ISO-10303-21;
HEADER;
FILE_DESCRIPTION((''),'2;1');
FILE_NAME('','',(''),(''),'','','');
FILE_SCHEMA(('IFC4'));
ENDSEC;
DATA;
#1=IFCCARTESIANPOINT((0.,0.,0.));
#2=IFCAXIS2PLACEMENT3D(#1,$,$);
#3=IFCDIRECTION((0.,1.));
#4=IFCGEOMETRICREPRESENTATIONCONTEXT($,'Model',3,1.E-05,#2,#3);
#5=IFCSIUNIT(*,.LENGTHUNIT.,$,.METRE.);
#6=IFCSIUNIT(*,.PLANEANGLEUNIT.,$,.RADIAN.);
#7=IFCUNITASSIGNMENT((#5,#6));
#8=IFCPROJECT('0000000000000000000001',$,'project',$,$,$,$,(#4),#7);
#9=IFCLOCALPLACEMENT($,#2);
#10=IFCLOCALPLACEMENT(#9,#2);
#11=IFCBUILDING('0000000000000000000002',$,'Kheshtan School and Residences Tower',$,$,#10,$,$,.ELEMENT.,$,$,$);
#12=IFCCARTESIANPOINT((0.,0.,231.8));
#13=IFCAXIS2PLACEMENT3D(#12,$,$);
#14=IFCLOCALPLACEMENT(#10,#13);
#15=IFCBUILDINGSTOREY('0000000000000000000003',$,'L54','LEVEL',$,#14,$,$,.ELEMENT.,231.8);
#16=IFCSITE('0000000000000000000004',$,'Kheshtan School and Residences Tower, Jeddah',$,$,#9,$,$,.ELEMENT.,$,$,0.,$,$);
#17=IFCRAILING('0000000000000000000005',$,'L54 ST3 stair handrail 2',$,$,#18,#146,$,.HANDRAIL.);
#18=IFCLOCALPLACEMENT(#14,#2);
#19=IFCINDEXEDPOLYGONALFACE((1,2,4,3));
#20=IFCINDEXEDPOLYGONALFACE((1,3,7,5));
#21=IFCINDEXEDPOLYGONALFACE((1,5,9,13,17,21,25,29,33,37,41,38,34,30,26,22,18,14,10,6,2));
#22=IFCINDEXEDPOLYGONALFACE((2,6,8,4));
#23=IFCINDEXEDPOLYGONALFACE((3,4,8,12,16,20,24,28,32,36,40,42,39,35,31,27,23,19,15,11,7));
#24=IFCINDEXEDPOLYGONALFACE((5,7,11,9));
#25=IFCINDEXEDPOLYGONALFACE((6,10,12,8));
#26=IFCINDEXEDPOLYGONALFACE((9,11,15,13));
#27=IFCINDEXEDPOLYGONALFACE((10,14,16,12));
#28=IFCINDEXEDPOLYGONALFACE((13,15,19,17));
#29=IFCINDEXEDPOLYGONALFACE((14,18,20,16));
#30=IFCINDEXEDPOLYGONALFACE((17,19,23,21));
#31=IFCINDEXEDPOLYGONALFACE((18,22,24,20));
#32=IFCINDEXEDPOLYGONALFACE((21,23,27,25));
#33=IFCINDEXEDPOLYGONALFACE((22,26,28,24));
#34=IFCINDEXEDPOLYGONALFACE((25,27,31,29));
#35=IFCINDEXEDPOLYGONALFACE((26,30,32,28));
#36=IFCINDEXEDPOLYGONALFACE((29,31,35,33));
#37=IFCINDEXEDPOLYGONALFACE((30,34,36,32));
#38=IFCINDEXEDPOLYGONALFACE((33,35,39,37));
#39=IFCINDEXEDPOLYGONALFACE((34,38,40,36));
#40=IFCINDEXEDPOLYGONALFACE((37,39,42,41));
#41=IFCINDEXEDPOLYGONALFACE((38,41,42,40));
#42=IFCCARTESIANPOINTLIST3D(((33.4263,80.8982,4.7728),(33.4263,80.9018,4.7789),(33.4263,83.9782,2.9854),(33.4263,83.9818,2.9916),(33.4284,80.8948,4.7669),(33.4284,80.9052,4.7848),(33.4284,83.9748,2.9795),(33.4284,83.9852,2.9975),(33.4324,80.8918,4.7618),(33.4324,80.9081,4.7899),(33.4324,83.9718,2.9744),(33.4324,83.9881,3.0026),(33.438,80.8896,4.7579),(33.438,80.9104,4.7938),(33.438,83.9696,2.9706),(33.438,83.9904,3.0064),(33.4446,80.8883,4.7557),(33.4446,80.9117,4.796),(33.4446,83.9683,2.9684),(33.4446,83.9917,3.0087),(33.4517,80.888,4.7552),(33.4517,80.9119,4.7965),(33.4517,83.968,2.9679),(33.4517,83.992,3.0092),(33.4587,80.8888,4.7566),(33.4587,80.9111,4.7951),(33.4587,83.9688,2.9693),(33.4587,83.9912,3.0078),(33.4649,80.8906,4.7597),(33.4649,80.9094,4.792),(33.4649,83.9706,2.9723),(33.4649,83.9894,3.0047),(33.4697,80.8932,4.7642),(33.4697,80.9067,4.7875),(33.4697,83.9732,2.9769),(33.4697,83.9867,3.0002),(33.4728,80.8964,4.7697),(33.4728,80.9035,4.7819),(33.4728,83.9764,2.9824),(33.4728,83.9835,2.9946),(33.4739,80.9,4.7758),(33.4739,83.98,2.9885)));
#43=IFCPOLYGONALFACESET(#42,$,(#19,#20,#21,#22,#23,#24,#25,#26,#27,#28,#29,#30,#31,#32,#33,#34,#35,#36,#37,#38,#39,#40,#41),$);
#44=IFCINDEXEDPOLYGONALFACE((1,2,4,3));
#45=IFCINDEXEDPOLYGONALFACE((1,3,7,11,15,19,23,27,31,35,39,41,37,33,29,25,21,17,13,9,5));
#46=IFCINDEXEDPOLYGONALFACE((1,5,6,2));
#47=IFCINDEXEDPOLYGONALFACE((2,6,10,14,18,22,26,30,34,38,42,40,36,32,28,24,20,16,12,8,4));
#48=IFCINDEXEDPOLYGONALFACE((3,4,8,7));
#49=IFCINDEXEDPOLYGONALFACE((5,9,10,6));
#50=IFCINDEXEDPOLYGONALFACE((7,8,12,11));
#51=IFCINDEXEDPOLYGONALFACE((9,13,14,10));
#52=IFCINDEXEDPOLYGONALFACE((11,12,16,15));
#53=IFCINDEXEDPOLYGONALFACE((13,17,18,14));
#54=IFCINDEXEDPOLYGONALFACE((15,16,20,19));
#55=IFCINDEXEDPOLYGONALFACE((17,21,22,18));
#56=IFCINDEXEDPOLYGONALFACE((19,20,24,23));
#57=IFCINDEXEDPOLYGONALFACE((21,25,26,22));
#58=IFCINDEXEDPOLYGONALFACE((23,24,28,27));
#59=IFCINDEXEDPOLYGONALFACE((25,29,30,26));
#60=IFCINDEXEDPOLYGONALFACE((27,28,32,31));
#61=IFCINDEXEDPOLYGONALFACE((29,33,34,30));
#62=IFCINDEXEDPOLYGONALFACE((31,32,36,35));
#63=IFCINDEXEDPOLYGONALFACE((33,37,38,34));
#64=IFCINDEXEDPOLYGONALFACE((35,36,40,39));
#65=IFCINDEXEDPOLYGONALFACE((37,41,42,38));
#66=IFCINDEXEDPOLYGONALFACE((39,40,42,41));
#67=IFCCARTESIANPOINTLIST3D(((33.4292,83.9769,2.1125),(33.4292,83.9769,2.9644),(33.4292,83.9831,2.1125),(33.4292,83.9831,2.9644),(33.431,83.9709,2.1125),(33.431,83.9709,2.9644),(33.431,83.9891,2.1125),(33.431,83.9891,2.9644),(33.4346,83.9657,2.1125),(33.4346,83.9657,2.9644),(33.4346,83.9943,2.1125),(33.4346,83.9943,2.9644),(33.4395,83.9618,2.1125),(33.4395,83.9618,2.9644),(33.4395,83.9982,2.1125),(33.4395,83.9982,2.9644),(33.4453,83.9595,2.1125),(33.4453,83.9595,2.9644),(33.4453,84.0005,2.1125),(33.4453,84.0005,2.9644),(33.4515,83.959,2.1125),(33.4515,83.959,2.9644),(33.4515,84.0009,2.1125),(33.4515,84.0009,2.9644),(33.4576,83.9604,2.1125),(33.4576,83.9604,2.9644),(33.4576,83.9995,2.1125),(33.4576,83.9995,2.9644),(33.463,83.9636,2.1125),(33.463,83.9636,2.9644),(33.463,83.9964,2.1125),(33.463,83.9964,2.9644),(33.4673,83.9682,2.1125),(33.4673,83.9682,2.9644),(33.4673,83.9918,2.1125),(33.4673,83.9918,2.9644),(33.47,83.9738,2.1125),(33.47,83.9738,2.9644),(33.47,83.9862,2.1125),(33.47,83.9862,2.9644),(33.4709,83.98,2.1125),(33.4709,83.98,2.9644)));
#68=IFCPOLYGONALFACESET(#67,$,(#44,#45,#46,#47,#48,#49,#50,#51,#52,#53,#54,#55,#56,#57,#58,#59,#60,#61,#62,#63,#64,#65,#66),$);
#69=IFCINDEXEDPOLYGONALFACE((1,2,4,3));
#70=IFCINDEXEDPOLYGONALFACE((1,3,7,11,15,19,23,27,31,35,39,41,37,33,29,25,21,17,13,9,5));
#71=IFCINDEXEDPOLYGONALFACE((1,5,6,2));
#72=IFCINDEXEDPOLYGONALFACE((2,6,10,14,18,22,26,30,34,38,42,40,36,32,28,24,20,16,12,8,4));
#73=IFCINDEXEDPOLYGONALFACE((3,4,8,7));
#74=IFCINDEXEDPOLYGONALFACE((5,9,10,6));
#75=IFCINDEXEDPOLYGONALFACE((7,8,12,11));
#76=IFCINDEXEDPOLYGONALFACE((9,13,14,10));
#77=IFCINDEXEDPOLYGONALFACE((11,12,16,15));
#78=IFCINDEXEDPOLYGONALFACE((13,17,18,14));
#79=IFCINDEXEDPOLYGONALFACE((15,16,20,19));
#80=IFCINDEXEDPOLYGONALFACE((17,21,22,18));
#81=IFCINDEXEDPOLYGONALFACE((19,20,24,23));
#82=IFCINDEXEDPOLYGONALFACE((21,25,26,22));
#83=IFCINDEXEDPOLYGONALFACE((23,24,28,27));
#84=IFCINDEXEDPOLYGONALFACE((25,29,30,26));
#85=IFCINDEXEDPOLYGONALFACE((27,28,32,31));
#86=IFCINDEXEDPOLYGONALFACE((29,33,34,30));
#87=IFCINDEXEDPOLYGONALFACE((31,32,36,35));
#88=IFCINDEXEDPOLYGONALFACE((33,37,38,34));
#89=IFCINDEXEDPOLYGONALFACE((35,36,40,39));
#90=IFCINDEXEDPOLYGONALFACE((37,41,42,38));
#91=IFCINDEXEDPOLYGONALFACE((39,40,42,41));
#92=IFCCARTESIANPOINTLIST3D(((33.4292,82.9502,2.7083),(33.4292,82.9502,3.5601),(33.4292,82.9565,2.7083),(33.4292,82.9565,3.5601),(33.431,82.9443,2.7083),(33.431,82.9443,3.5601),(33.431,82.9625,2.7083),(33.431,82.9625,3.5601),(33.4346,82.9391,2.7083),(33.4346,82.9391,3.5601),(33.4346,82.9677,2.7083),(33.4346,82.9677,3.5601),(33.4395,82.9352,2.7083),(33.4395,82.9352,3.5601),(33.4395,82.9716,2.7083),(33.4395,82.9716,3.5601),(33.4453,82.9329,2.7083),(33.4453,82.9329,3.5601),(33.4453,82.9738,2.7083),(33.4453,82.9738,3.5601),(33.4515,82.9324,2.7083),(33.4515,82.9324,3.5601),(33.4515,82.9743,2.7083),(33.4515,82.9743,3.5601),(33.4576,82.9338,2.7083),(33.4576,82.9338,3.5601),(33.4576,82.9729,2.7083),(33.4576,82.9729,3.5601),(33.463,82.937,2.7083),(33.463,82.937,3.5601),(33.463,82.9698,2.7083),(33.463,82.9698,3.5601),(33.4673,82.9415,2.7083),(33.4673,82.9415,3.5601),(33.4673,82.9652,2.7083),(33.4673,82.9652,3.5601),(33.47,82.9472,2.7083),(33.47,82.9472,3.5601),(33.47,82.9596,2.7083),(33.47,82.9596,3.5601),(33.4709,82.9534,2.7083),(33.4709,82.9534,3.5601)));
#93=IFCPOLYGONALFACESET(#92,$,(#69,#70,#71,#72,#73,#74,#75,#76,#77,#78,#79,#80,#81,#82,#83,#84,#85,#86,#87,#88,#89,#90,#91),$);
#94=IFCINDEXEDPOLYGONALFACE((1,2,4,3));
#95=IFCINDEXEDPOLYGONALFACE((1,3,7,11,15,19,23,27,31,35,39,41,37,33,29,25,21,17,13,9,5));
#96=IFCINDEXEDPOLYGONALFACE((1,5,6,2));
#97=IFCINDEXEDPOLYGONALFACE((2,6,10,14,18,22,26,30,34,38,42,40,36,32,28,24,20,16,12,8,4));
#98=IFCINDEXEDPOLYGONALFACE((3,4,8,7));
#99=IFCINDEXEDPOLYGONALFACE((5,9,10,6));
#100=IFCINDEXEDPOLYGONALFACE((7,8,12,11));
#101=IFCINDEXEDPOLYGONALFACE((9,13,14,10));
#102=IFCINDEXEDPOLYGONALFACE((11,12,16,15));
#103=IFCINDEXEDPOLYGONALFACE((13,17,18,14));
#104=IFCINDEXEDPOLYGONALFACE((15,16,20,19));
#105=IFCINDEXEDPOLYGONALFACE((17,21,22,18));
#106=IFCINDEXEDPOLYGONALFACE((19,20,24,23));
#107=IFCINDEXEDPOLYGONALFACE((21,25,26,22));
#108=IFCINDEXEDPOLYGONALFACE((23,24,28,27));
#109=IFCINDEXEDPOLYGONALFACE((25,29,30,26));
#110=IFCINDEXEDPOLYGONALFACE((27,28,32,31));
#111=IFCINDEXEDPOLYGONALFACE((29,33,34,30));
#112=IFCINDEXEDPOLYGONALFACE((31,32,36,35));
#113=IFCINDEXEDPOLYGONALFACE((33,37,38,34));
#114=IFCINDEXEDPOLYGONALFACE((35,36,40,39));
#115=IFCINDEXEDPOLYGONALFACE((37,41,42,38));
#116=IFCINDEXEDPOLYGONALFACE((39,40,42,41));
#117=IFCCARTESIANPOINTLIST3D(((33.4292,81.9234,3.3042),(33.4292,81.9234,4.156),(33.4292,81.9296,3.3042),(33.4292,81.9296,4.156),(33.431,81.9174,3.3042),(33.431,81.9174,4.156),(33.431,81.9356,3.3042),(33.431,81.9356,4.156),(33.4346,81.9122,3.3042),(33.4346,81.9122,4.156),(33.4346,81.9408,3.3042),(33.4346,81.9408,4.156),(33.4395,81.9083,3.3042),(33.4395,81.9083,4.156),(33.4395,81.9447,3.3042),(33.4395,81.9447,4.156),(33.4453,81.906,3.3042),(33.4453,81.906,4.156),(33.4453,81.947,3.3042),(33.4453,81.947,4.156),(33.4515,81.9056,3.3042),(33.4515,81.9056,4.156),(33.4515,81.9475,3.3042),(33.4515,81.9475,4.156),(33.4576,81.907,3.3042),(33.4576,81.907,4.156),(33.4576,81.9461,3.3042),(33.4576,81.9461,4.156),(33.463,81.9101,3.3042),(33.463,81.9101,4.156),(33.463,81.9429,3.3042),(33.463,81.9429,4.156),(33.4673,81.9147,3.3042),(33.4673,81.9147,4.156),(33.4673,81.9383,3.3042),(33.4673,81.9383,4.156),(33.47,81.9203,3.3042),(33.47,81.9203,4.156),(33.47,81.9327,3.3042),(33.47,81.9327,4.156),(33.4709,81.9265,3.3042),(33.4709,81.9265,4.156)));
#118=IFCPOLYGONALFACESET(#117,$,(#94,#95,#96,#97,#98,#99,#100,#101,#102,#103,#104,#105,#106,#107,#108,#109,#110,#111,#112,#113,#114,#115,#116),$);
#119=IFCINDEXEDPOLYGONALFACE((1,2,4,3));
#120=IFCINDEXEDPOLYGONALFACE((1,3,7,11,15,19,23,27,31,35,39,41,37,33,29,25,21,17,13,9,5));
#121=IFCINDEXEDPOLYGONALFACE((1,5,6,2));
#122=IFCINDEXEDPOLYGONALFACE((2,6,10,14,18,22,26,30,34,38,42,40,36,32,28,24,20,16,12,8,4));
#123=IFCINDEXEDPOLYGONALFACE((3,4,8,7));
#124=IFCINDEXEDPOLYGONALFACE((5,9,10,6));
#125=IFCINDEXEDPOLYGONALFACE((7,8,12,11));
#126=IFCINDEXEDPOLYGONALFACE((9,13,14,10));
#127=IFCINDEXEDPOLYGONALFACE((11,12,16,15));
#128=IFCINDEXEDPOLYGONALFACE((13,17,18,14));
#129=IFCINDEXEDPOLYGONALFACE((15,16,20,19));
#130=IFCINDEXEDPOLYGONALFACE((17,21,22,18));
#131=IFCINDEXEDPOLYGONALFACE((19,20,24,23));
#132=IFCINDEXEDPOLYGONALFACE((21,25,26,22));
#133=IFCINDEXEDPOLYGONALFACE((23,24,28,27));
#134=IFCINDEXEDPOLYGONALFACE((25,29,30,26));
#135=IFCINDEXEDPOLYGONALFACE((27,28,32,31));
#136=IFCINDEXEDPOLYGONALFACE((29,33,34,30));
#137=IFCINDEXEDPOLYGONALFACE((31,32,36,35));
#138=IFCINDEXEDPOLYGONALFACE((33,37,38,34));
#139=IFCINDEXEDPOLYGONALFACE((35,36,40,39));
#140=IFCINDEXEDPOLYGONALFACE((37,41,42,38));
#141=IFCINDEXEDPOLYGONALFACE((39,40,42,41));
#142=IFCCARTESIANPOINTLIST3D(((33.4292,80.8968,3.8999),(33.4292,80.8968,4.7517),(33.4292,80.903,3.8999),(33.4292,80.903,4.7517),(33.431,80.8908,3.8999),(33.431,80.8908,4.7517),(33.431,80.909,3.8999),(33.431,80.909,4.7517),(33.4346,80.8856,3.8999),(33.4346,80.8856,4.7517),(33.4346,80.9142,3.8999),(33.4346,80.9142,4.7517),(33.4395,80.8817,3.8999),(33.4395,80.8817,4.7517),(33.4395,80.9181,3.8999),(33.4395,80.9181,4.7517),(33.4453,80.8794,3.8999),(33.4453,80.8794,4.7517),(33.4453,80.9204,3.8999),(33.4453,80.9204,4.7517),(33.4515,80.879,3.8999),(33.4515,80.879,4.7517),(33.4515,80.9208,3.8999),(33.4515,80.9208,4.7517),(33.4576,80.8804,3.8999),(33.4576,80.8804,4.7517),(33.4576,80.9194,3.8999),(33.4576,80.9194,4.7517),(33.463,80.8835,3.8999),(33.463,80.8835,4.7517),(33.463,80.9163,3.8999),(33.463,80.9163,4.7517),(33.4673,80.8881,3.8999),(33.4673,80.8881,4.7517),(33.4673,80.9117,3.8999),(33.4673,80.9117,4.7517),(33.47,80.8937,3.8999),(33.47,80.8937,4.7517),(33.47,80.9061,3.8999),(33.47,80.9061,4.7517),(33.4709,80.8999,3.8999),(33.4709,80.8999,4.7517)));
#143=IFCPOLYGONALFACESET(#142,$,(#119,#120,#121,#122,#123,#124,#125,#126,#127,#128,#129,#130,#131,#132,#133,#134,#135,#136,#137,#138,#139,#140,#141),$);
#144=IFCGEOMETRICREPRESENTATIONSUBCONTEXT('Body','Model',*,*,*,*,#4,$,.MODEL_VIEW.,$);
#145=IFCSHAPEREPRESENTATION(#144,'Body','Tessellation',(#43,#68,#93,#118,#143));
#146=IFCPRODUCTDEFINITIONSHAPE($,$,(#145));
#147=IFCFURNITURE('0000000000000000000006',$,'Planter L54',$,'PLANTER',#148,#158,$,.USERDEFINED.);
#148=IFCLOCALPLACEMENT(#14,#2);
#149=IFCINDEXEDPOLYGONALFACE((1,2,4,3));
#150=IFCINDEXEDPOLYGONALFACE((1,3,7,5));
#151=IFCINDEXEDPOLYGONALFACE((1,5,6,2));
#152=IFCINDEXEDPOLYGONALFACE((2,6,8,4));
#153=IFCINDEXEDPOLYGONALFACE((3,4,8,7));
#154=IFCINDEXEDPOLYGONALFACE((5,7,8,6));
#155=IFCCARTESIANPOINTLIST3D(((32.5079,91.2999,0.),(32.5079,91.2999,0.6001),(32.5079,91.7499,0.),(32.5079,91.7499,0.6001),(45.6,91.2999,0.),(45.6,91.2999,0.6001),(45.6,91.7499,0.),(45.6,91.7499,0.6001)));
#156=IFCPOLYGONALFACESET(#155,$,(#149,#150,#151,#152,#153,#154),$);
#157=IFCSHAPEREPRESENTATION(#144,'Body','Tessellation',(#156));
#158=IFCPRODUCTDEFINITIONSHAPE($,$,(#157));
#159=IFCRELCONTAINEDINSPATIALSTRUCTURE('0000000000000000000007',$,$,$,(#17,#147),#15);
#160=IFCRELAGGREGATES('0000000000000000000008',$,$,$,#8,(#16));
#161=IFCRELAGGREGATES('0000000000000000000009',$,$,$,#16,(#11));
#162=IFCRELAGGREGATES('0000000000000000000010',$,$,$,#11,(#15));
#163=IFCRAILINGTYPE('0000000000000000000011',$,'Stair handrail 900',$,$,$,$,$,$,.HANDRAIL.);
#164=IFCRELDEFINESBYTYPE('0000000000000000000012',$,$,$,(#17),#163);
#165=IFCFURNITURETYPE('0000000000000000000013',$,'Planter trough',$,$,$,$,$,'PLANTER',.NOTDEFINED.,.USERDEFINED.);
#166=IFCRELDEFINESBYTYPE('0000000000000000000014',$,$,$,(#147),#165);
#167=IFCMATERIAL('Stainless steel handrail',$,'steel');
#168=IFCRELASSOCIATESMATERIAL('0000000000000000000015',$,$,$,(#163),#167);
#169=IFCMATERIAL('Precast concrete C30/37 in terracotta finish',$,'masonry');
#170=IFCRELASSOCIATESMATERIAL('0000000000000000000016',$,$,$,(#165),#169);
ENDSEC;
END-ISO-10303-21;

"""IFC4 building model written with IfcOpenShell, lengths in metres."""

from ifc_helpers import new_model, si_unit, direction, frame, origin, origin_2d, place, context, subcontext, project, spatial, rectangle, circle, extrude, material, type_object, element, save


model = new_model("IFC4")

# Units and contexts
model_context = context("Model", 3, precision=1e-05, world=origin(), true_north=direction((0.0, 1.0)))
body_context = subcontext(model_context, "Body", "Model", "MODEL_VIEW")
ifc_project = project(units=[si_unit("LENGTHUNIT", "METRE"), si_unit("PLANEANGLEUNIT", "RADIAN")], contexts=[model_context])

# Site, building, storey
site_placement = place(None, origin())
site = spatial("IfcSite", under=ifc_project, at=site_placement, Name="Kheshtan School and Residences Tower, Jeddah", CompositionType="ELEMENT", RefElevation=0.0)
building_placement = place(site_placement, origin())
building = spatial("IfcBuilding", under=site, at=building_placement, Name="Kheshtan School and Residences Tower", CompositionType="ELEMENT")
storey_placement = place(building_placement, frame((0.0, 0.0, 231.8)))
storey = spatial("IfcBuildingStorey", under=building, at=storey_placement, Name="L54", Description="LEVEL", CompositionType="ELEMENT", Elevation=231.8)

# Railing
ifc_material_1 = material(Name="Stainless steel handrail", Category="steel")
railing_type_1 = type_object("IfcRailingType", Name="Stair handrail 900", PredefinedType="HANDRAIL", material=ifc_material_1)
railing_1_placement = place(storey_placement, frame((33.45, 83.98, 2.1125)))
element("IfcRailing", 1, at=railing_1_placement, inside=storey, type_object=railing_type_1, Name="L54 ST3 stair handrail 2", PredefinedType="HANDRAIL", context=body_context, shape_type="SweptSolid", body=[
    extrude(circle(Radius=0.0239, at=origin_2d()), frame((0.0, 0.0, 0.876), z_axis=(0.0, -0.86492, 0.501909), x_axis=(1.0, 0.0, 0.0)), (0.0, 0.0, 1.0), 3.561),
    extrude(circle(Radius=0.021, at=origin_2d()), origin(), (0.0, 0.0, 1.0), 0.8518),
    extrude(circle(Radius=0.021, at=origin_2d()), frame((0.0, -1.0266, 0.5957)), (0.0, 0.0, 1.0), 0.8518),
    extrude(circle(Radius=0.021, at=origin_2d()), frame((0.0, -2.0535, 1.1917)), (0.0, 0.0, 1.0), 0.8518),
    extrude(circle(Radius=0.021, at=origin_2d()), frame((0.0, -3.0801, 1.7874)), (0.0, 0.0, 1.0), 0.8518),
])

# Furniture
ifc_material_2 = material(Name="Precast concrete C30/37 in terracotta finish", Category="masonry")
furniture_type = type_object("IfcFurnitureType", Name="Planter trough", ElementType="PLANTER", AssemblyPlace="NOTDEFINED", PredefinedType="USERDEFINED", material=ifc_material_2)
furniture_placement = place(storey_placement, frame((39.054, 91.5249, 0.0), z_axis=(0.0, 0.0, 1.0), x_axis=(1.0, 0.0, 0.0)))
element("IfcFurniture", 2, at=furniture_placement, inside=storey, type_object=furniture_type, Name="Planter L54", ObjectType="PLANTER", PredefinedType="USERDEFINED", context=body_context, shape_type="SweptSolid", body=[
    extrude(rectangle(XDim=13.092, YDim=0.45, at=origin_2d()), origin(), (0.0, 0.0, 1.0), 0.6001),
])

save(model, "model.ifc")
